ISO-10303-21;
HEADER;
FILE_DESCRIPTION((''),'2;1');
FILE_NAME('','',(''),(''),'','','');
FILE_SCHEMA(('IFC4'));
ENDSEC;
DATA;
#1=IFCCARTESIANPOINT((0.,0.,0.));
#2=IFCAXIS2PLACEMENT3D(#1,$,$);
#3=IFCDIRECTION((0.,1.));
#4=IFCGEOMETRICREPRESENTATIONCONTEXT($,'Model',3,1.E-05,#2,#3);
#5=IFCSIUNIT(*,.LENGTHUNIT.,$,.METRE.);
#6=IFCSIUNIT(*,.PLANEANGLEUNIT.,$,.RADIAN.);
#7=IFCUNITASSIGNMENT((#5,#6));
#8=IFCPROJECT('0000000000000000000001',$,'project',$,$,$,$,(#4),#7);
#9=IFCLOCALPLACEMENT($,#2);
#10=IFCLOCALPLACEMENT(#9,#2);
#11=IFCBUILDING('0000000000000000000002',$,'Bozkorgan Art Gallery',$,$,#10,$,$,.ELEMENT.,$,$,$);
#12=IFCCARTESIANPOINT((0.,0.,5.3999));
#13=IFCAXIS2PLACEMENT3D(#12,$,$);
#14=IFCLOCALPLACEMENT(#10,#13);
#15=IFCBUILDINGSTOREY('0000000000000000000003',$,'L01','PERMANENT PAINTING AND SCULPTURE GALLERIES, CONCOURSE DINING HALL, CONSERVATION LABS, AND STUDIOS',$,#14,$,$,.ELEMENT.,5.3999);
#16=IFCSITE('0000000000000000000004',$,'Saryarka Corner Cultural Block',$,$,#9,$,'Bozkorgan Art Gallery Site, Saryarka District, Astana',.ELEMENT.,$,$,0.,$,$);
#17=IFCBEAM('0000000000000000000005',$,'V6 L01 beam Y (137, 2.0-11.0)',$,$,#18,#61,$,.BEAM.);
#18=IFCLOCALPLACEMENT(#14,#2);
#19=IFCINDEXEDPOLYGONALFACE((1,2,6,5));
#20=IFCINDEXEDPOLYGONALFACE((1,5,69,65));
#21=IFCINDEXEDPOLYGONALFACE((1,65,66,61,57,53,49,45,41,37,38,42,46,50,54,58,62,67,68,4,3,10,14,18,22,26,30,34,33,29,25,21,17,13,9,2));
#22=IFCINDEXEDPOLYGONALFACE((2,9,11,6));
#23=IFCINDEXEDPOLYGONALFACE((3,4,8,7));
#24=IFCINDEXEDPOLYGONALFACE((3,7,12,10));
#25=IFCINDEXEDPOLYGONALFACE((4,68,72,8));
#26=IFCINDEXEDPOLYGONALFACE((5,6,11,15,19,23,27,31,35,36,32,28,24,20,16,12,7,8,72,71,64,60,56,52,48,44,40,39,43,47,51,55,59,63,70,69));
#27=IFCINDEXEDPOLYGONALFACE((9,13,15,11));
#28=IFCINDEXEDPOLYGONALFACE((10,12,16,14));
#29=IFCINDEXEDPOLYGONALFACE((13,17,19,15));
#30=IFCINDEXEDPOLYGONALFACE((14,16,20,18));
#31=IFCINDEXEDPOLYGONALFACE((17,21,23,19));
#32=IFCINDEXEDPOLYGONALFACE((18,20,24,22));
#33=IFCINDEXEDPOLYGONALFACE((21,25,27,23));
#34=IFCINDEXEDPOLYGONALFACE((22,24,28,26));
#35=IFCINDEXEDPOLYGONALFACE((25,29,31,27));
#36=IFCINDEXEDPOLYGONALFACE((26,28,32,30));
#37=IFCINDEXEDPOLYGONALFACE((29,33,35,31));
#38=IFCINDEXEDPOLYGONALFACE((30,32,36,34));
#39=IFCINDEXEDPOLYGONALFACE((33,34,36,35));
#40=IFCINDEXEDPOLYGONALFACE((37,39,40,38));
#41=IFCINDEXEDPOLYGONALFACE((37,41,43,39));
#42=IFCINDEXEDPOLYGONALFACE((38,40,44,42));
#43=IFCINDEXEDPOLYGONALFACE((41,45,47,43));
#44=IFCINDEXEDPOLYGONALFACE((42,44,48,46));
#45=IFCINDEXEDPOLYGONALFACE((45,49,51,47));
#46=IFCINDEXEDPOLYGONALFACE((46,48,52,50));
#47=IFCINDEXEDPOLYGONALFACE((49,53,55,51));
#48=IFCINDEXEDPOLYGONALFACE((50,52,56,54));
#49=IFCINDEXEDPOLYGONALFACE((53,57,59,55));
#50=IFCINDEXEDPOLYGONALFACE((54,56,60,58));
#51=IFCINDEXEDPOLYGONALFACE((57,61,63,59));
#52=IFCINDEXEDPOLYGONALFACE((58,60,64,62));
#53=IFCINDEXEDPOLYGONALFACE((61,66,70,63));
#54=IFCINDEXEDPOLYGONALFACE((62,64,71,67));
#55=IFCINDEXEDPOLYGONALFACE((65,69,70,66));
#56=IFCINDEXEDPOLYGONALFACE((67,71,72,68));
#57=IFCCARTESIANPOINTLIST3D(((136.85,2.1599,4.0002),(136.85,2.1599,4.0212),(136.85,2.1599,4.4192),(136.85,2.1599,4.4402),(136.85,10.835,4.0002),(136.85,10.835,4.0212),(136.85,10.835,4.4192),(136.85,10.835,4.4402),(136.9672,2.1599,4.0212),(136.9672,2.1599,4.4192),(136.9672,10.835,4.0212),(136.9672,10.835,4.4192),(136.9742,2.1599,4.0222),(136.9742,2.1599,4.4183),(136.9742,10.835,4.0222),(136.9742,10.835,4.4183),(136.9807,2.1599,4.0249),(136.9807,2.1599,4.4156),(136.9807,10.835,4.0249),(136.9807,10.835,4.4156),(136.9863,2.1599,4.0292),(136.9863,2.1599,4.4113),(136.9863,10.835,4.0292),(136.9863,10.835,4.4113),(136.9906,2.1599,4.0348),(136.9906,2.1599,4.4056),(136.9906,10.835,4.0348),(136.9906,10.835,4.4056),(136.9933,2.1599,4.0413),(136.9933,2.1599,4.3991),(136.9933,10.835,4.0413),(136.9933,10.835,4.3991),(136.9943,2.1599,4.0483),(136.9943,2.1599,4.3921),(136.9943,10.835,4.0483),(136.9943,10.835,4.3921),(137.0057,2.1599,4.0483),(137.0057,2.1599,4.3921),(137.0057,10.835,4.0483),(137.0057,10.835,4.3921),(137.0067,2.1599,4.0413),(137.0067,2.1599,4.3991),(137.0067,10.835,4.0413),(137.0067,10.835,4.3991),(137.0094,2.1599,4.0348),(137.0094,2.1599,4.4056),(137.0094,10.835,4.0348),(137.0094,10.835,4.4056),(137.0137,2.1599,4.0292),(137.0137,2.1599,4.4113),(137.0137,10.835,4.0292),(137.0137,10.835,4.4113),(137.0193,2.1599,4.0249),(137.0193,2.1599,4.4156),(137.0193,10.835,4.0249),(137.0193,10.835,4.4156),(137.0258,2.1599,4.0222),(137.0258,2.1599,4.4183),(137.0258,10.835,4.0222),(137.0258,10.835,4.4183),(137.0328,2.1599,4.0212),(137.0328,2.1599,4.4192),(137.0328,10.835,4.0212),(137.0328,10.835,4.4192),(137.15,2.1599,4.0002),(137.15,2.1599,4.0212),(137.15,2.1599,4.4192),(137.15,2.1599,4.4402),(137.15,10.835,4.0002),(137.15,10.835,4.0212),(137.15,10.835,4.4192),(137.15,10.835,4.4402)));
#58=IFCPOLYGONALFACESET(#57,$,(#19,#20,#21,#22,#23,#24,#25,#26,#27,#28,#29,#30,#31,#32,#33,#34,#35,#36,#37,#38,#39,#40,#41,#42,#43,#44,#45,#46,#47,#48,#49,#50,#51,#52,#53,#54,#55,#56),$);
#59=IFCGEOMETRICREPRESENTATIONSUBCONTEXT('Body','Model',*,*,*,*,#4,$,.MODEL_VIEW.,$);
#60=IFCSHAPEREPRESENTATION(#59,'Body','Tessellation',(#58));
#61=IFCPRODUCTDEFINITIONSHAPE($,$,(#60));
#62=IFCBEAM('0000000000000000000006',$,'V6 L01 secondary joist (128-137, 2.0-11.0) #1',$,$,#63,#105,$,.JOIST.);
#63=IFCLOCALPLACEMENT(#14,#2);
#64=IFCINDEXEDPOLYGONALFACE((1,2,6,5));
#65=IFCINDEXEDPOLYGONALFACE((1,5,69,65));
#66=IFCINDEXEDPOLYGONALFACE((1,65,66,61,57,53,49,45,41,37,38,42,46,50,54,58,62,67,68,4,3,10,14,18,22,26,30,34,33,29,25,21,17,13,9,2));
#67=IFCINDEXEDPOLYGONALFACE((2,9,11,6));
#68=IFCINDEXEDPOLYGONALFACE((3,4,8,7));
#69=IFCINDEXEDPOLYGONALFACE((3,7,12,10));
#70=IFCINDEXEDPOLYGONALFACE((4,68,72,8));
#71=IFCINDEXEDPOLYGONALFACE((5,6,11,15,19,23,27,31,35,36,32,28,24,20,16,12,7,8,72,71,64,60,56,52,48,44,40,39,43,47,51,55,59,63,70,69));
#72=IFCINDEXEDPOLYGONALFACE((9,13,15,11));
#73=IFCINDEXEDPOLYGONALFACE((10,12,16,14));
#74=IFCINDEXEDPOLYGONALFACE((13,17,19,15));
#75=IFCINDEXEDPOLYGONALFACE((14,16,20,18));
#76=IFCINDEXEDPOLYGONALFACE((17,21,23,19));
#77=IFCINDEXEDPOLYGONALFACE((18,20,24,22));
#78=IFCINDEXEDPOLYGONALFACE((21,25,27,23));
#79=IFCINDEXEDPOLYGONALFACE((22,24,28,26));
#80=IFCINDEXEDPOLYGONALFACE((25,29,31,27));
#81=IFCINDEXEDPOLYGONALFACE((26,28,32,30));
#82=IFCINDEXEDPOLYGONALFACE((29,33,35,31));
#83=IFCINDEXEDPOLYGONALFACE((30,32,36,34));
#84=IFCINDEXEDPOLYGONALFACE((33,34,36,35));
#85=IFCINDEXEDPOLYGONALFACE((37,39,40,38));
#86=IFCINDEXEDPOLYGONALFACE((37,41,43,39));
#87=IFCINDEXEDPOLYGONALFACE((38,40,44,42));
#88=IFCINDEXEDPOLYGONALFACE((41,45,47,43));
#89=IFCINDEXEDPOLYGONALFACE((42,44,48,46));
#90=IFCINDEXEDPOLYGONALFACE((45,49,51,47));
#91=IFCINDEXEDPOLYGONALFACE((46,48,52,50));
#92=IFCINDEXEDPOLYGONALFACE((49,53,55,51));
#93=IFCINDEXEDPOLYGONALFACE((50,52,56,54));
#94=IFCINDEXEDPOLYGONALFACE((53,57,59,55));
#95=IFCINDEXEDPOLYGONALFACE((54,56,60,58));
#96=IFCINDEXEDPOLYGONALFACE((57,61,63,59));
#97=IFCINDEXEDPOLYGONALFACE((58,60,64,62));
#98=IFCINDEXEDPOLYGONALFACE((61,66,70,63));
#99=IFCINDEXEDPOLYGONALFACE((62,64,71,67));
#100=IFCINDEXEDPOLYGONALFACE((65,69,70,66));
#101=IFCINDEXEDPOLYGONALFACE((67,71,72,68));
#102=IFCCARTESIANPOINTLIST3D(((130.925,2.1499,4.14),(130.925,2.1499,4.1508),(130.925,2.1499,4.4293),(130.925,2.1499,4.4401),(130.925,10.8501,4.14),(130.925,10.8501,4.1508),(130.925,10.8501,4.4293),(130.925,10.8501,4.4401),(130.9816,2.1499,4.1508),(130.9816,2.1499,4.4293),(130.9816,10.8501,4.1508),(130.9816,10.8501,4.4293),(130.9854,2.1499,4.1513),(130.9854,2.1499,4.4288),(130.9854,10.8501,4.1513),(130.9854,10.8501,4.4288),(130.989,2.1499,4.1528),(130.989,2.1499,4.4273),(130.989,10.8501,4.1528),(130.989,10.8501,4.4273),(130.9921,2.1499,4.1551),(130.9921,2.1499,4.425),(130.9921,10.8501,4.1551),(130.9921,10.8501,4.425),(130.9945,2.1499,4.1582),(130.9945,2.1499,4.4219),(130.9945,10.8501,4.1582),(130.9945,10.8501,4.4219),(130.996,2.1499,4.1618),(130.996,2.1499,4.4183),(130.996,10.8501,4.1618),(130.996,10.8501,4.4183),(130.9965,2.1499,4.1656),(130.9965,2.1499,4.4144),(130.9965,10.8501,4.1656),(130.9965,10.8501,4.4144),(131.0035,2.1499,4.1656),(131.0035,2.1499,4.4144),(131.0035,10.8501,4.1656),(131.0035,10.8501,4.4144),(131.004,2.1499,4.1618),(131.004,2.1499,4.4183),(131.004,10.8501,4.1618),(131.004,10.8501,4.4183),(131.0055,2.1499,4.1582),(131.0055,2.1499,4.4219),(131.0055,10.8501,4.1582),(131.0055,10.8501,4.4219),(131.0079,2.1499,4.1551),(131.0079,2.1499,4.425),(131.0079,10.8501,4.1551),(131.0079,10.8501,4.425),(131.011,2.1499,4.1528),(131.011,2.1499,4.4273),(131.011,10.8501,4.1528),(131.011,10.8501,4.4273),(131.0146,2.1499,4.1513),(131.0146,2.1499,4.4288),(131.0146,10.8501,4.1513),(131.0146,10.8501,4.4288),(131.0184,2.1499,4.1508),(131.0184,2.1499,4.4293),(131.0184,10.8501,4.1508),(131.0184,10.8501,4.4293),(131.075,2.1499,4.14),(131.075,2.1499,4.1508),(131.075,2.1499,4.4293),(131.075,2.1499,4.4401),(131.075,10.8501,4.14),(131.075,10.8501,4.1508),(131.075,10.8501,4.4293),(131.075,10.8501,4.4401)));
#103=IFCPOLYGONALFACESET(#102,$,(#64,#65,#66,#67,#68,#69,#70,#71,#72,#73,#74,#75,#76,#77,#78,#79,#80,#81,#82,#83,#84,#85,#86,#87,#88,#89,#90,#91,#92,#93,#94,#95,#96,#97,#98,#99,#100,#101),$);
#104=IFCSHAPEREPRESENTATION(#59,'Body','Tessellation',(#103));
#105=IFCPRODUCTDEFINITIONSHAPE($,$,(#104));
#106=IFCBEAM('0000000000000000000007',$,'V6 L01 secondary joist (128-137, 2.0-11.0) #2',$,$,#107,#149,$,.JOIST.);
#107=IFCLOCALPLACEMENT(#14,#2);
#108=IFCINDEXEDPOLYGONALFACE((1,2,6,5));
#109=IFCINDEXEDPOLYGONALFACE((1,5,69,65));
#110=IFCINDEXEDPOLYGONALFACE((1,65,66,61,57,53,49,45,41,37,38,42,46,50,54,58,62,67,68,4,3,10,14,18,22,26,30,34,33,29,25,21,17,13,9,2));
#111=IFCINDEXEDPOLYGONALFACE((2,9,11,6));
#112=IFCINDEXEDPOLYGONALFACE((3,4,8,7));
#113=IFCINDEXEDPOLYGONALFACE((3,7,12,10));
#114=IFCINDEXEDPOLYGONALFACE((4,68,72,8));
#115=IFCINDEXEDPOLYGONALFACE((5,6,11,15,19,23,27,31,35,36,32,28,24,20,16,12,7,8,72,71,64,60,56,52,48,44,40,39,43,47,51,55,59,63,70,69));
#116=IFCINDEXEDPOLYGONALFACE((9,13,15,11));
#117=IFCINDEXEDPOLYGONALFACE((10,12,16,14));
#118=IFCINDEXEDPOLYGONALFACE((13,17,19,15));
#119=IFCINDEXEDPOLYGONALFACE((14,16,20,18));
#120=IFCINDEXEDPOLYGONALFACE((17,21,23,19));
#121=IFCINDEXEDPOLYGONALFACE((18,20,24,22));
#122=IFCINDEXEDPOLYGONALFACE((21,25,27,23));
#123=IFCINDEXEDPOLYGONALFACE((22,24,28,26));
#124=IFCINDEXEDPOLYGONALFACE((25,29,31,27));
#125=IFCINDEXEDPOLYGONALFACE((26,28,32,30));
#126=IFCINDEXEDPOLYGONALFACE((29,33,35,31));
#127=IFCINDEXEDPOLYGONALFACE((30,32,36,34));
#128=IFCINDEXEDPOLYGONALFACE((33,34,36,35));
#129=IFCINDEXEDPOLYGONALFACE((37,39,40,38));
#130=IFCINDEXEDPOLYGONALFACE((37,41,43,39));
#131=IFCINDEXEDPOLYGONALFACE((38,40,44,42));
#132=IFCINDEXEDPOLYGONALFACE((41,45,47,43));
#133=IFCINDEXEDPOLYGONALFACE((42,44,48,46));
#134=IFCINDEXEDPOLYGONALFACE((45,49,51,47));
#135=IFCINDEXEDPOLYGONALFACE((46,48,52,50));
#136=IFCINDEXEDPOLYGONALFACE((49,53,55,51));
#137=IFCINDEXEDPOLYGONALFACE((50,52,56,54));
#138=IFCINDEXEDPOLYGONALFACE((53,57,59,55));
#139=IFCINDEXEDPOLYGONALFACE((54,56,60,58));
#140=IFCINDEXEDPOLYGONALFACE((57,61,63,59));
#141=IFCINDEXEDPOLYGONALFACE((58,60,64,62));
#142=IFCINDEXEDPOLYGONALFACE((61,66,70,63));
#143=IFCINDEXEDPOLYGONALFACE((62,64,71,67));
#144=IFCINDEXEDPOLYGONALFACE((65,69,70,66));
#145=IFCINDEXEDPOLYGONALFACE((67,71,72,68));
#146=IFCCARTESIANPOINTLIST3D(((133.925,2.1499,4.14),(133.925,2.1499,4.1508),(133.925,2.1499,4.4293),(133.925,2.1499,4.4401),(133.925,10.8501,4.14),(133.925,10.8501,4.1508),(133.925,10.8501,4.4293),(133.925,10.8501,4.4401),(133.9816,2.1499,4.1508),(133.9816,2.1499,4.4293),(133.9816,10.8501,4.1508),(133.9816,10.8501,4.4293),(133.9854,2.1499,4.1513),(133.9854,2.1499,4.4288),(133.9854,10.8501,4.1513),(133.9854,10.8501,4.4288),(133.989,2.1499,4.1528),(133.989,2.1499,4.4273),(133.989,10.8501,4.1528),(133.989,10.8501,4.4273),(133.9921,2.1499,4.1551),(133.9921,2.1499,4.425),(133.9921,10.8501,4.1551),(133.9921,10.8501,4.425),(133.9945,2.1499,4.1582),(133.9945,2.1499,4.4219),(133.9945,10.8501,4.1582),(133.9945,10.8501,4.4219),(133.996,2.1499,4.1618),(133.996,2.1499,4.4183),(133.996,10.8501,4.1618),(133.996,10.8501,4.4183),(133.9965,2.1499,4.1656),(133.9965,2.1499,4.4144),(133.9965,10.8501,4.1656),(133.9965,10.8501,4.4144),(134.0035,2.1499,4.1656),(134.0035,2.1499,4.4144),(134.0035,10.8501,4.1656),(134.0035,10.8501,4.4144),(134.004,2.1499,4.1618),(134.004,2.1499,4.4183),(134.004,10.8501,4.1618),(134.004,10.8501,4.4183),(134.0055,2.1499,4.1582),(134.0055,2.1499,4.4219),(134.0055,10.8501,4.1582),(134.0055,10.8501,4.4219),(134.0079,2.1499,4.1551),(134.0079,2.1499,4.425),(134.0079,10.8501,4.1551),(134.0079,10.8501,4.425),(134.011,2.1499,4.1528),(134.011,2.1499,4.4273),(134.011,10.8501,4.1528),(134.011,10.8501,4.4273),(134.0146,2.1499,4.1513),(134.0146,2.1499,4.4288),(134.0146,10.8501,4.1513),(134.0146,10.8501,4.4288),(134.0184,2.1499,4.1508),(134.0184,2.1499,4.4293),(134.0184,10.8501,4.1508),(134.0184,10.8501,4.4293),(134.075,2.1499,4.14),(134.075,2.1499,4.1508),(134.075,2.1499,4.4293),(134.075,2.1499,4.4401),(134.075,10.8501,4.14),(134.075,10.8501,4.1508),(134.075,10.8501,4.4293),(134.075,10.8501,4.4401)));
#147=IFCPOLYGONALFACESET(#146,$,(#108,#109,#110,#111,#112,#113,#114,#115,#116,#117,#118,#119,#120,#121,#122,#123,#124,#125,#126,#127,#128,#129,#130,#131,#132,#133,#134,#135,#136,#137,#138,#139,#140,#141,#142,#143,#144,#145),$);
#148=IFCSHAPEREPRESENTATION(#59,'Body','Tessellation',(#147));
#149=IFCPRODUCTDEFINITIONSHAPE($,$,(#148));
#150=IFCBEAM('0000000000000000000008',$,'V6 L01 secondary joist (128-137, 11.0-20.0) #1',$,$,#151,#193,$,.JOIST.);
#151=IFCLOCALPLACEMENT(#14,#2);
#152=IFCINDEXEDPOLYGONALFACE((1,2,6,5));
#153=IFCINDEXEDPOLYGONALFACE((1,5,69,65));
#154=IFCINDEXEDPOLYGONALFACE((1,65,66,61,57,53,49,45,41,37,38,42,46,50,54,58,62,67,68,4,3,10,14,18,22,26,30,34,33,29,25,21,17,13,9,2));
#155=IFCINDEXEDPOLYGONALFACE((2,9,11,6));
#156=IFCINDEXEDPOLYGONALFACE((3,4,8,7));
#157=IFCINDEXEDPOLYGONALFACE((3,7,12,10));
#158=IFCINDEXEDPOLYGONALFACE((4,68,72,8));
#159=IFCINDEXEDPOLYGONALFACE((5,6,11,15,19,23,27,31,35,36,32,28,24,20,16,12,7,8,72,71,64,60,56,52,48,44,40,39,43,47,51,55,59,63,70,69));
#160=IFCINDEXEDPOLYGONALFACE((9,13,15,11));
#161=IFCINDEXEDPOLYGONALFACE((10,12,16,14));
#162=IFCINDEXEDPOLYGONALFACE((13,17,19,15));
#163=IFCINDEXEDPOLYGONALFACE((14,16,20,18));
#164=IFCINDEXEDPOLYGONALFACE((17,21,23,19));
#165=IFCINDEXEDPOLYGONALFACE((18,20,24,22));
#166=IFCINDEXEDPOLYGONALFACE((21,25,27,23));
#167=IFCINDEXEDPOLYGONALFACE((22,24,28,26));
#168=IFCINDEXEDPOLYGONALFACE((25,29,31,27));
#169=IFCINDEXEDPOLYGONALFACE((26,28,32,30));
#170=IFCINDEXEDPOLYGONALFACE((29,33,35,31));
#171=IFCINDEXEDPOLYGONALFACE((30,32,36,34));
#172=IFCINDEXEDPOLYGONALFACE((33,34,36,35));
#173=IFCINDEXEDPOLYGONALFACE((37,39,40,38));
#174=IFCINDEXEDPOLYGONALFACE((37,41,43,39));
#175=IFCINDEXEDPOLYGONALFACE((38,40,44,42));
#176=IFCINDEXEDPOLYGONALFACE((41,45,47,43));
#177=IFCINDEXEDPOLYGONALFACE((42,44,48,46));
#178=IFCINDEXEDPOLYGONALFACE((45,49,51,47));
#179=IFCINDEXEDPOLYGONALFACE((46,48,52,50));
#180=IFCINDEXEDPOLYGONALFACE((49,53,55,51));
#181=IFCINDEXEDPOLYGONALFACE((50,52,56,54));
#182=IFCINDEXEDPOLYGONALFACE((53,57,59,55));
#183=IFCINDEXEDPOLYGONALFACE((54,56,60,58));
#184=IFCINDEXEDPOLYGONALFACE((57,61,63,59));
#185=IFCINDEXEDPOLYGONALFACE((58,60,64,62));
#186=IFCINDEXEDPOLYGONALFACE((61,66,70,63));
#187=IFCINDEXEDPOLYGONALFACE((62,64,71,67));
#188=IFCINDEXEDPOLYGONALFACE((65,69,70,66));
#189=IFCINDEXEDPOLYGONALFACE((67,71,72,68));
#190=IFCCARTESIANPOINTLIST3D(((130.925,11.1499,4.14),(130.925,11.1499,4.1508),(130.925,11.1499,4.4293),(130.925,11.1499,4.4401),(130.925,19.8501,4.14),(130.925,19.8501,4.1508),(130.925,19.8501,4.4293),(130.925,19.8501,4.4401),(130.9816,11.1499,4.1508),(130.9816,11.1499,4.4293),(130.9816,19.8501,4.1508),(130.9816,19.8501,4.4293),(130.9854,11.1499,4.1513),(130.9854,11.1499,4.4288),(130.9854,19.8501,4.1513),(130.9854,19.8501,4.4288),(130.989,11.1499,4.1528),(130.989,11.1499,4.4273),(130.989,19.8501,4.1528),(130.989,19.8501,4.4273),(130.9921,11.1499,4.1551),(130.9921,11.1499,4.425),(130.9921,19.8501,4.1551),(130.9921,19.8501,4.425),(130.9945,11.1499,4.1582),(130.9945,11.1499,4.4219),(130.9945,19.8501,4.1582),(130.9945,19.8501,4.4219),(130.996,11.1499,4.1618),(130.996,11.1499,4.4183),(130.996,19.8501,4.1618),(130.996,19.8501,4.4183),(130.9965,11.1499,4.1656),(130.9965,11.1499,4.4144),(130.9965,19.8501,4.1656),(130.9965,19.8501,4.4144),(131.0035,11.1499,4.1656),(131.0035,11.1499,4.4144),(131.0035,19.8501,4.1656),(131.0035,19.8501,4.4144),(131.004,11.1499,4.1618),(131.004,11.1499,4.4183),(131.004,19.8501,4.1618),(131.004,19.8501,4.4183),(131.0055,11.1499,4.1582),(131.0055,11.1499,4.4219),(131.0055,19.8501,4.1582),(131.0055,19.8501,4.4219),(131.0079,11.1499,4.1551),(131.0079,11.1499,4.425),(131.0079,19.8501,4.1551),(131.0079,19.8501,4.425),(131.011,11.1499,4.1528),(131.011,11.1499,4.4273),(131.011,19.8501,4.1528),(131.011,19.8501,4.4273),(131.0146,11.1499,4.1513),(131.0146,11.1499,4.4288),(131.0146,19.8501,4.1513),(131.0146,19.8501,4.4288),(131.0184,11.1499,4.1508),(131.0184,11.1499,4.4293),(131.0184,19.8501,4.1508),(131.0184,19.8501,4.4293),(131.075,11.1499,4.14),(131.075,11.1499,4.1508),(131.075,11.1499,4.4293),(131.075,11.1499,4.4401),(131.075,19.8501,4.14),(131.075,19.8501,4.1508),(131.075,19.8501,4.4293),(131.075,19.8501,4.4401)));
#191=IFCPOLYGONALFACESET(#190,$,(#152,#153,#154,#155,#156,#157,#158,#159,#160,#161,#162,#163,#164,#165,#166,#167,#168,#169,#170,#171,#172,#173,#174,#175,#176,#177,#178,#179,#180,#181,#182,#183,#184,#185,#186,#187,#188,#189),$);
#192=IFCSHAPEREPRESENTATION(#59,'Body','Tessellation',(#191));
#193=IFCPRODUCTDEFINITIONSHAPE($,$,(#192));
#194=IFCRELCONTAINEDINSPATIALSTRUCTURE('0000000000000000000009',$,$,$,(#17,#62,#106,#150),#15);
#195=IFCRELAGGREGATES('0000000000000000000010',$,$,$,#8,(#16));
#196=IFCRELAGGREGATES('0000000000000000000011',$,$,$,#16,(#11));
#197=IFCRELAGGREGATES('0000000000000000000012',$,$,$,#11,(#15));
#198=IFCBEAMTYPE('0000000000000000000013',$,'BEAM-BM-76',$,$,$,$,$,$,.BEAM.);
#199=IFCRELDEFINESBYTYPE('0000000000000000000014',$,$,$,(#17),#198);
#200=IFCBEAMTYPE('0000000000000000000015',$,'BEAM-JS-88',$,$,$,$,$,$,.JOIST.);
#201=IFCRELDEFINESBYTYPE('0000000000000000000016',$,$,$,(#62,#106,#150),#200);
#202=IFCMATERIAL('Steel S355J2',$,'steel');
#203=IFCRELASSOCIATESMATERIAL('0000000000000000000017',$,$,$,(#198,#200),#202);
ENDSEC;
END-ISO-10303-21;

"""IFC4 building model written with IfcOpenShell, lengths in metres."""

from ifc_helpers import new_model, si_unit, direction, frame, origin, origin_2d, place, context, subcontext, project, spatial, i_section, extrude, material, material_profile, profile_set, type_object, element, save


model = new_model("IFC4")

# Units and contexts
model_context = context("Model", 3, precision=1e-05, world=origin(), true_north=direction((0.0, 1.0)))
body_context = subcontext(model_context, "Body", "Model", "MODEL_VIEW")
ifc_project = project(units=[si_unit("LENGTHUNIT", "METRE"), si_unit("PLANEANGLEUNIT", "RADIAN")], contexts=[model_context])

# Site, building, storey
site_placement = place(None, origin())
site = spatial("IfcSite", under=ifc_project, at=site_placement, Name="Saryarka Corner Cultural Block", LongName="Bozkorgan Art Gallery Site, Saryarka District, Astana", CompositionType="ELEMENT", RefElevation=0.0)
building_placement = place(site_placement, origin())
building = spatial("IfcBuilding", under=site, at=building_placement, Name="Bozkorgan Art Gallery", CompositionType="ELEMENT")
storey_placement = place(building_placement, frame((0.0, 0.0, 5.3999)))
storey = spatial("IfcBuildingStorey", under=building, at=storey_placement, Name="L01", Description="PERMANENT PAINTING AND SCULPTURE GALLERIES, CONCOURSE DINING HALL, CONSERVATION LABS, AND STUDIOS", CompositionType="ELEMENT", Elevation=5.3999)

# Shared definitions
ifc_material_1 = material(Name="Steel S355J2", Category="steel")

# Beams
ifc_material_profile_1 = material_profile(ifc_material_1, i_section(OverallWidth=0.3, OverallDepth=0.4399, WebThickness=0.0115, FlangeThickness=0.021, FilletRadius=0.0271, at=origin_2d()), Name="HEA 450")
ifc_profile_set_1 = profile_set([ifc_material_profile_1], Name="Steel S355J2")
beam_type_1 = type_object("IfcBeamType", Name="BEAM-BM-76", PredefinedType="BEAM", material=ifc_profile_set_1)
beam_1_placement = place(storey_placement, frame((137.0, 2.1599, 4.2202), z_axis=(0.0, 1.0, 0.0), x_axis=(-1.0, 0.0, 0.0)))
element("IfcBeam", 1, at=beam_1_placement, inside=storey, type_object=beam_type_1, Name="V6 L01 beam Y (137, 2.0-11.0)", PredefinedType="BEAM", context=body_context, shape_type="SweptSolid", body=[
    extrude(i_section(OverallWidth=0.3, OverallDepth=0.4399, WebThickness=0.0115, FlangeThickness=0.021, FilletRadius=0.0271, at=origin_2d()), origin(), (0.0, 0.0, 1.0), 8.675),
])
ifc_material_profile_2 = material_profile(ifc_material_1, i_section(OverallWidth=0.1499, OverallDepth=0.3, WebThickness=0.0071, FlangeThickness=0.0107, FilletRadius=0.0149, at=origin_2d()), Name="IPE 300")
ifc_profile_set_2 = profile_set([ifc_material_profile_2], Name="Steel S355J2")
beam_type_2 = type_object("IfcBeamType", Name="BEAM-JS-88", PredefinedType="JOIST", material=ifc_profile_set_2)
for number, where, z_axis, x_axis, name in (
    (2, (131.0, 2.1499, 4.29), (0.0, 1.0, 0.0), (-1.0, 0.0, 0.0), "V6 L01 secondary joist (128-137, 2.0-11.0) #1"),
    (3, (134.0, 2.1499, 4.29), (0.0, 1.0, 0.0), (-1.0, 0.0, 0.0), "V6 L01 secondary joist (128-137, 2.0-11.0) #2"),
    (4, (131.0, 11.1499, 4.29), (0.0, 1.0, 0.0), (-1.0, 0.0, 0.0), "V6 L01 secondary joist (128-137, 11.0-20.0) #1"),
):
    element("IfcBeam", number, at=place(storey_placement, frame(where, z_axis=z_axis, x_axis=x_axis)), inside=storey, type_object=beam_type_2, Name=name, PredefinedType="JOIST", context=body_context, shape_type="SweptSolid", body=[
        extrude(i_section(OverallWidth=0.1499, OverallDepth=0.3, WebThickness=0.0071, FlangeThickness=0.0107, FilletRadius=0.0149, at=origin_2d()), origin(), (0.0, 0.0, 1.0), 8.7002),
    ])

save(model, "model.ifc")
